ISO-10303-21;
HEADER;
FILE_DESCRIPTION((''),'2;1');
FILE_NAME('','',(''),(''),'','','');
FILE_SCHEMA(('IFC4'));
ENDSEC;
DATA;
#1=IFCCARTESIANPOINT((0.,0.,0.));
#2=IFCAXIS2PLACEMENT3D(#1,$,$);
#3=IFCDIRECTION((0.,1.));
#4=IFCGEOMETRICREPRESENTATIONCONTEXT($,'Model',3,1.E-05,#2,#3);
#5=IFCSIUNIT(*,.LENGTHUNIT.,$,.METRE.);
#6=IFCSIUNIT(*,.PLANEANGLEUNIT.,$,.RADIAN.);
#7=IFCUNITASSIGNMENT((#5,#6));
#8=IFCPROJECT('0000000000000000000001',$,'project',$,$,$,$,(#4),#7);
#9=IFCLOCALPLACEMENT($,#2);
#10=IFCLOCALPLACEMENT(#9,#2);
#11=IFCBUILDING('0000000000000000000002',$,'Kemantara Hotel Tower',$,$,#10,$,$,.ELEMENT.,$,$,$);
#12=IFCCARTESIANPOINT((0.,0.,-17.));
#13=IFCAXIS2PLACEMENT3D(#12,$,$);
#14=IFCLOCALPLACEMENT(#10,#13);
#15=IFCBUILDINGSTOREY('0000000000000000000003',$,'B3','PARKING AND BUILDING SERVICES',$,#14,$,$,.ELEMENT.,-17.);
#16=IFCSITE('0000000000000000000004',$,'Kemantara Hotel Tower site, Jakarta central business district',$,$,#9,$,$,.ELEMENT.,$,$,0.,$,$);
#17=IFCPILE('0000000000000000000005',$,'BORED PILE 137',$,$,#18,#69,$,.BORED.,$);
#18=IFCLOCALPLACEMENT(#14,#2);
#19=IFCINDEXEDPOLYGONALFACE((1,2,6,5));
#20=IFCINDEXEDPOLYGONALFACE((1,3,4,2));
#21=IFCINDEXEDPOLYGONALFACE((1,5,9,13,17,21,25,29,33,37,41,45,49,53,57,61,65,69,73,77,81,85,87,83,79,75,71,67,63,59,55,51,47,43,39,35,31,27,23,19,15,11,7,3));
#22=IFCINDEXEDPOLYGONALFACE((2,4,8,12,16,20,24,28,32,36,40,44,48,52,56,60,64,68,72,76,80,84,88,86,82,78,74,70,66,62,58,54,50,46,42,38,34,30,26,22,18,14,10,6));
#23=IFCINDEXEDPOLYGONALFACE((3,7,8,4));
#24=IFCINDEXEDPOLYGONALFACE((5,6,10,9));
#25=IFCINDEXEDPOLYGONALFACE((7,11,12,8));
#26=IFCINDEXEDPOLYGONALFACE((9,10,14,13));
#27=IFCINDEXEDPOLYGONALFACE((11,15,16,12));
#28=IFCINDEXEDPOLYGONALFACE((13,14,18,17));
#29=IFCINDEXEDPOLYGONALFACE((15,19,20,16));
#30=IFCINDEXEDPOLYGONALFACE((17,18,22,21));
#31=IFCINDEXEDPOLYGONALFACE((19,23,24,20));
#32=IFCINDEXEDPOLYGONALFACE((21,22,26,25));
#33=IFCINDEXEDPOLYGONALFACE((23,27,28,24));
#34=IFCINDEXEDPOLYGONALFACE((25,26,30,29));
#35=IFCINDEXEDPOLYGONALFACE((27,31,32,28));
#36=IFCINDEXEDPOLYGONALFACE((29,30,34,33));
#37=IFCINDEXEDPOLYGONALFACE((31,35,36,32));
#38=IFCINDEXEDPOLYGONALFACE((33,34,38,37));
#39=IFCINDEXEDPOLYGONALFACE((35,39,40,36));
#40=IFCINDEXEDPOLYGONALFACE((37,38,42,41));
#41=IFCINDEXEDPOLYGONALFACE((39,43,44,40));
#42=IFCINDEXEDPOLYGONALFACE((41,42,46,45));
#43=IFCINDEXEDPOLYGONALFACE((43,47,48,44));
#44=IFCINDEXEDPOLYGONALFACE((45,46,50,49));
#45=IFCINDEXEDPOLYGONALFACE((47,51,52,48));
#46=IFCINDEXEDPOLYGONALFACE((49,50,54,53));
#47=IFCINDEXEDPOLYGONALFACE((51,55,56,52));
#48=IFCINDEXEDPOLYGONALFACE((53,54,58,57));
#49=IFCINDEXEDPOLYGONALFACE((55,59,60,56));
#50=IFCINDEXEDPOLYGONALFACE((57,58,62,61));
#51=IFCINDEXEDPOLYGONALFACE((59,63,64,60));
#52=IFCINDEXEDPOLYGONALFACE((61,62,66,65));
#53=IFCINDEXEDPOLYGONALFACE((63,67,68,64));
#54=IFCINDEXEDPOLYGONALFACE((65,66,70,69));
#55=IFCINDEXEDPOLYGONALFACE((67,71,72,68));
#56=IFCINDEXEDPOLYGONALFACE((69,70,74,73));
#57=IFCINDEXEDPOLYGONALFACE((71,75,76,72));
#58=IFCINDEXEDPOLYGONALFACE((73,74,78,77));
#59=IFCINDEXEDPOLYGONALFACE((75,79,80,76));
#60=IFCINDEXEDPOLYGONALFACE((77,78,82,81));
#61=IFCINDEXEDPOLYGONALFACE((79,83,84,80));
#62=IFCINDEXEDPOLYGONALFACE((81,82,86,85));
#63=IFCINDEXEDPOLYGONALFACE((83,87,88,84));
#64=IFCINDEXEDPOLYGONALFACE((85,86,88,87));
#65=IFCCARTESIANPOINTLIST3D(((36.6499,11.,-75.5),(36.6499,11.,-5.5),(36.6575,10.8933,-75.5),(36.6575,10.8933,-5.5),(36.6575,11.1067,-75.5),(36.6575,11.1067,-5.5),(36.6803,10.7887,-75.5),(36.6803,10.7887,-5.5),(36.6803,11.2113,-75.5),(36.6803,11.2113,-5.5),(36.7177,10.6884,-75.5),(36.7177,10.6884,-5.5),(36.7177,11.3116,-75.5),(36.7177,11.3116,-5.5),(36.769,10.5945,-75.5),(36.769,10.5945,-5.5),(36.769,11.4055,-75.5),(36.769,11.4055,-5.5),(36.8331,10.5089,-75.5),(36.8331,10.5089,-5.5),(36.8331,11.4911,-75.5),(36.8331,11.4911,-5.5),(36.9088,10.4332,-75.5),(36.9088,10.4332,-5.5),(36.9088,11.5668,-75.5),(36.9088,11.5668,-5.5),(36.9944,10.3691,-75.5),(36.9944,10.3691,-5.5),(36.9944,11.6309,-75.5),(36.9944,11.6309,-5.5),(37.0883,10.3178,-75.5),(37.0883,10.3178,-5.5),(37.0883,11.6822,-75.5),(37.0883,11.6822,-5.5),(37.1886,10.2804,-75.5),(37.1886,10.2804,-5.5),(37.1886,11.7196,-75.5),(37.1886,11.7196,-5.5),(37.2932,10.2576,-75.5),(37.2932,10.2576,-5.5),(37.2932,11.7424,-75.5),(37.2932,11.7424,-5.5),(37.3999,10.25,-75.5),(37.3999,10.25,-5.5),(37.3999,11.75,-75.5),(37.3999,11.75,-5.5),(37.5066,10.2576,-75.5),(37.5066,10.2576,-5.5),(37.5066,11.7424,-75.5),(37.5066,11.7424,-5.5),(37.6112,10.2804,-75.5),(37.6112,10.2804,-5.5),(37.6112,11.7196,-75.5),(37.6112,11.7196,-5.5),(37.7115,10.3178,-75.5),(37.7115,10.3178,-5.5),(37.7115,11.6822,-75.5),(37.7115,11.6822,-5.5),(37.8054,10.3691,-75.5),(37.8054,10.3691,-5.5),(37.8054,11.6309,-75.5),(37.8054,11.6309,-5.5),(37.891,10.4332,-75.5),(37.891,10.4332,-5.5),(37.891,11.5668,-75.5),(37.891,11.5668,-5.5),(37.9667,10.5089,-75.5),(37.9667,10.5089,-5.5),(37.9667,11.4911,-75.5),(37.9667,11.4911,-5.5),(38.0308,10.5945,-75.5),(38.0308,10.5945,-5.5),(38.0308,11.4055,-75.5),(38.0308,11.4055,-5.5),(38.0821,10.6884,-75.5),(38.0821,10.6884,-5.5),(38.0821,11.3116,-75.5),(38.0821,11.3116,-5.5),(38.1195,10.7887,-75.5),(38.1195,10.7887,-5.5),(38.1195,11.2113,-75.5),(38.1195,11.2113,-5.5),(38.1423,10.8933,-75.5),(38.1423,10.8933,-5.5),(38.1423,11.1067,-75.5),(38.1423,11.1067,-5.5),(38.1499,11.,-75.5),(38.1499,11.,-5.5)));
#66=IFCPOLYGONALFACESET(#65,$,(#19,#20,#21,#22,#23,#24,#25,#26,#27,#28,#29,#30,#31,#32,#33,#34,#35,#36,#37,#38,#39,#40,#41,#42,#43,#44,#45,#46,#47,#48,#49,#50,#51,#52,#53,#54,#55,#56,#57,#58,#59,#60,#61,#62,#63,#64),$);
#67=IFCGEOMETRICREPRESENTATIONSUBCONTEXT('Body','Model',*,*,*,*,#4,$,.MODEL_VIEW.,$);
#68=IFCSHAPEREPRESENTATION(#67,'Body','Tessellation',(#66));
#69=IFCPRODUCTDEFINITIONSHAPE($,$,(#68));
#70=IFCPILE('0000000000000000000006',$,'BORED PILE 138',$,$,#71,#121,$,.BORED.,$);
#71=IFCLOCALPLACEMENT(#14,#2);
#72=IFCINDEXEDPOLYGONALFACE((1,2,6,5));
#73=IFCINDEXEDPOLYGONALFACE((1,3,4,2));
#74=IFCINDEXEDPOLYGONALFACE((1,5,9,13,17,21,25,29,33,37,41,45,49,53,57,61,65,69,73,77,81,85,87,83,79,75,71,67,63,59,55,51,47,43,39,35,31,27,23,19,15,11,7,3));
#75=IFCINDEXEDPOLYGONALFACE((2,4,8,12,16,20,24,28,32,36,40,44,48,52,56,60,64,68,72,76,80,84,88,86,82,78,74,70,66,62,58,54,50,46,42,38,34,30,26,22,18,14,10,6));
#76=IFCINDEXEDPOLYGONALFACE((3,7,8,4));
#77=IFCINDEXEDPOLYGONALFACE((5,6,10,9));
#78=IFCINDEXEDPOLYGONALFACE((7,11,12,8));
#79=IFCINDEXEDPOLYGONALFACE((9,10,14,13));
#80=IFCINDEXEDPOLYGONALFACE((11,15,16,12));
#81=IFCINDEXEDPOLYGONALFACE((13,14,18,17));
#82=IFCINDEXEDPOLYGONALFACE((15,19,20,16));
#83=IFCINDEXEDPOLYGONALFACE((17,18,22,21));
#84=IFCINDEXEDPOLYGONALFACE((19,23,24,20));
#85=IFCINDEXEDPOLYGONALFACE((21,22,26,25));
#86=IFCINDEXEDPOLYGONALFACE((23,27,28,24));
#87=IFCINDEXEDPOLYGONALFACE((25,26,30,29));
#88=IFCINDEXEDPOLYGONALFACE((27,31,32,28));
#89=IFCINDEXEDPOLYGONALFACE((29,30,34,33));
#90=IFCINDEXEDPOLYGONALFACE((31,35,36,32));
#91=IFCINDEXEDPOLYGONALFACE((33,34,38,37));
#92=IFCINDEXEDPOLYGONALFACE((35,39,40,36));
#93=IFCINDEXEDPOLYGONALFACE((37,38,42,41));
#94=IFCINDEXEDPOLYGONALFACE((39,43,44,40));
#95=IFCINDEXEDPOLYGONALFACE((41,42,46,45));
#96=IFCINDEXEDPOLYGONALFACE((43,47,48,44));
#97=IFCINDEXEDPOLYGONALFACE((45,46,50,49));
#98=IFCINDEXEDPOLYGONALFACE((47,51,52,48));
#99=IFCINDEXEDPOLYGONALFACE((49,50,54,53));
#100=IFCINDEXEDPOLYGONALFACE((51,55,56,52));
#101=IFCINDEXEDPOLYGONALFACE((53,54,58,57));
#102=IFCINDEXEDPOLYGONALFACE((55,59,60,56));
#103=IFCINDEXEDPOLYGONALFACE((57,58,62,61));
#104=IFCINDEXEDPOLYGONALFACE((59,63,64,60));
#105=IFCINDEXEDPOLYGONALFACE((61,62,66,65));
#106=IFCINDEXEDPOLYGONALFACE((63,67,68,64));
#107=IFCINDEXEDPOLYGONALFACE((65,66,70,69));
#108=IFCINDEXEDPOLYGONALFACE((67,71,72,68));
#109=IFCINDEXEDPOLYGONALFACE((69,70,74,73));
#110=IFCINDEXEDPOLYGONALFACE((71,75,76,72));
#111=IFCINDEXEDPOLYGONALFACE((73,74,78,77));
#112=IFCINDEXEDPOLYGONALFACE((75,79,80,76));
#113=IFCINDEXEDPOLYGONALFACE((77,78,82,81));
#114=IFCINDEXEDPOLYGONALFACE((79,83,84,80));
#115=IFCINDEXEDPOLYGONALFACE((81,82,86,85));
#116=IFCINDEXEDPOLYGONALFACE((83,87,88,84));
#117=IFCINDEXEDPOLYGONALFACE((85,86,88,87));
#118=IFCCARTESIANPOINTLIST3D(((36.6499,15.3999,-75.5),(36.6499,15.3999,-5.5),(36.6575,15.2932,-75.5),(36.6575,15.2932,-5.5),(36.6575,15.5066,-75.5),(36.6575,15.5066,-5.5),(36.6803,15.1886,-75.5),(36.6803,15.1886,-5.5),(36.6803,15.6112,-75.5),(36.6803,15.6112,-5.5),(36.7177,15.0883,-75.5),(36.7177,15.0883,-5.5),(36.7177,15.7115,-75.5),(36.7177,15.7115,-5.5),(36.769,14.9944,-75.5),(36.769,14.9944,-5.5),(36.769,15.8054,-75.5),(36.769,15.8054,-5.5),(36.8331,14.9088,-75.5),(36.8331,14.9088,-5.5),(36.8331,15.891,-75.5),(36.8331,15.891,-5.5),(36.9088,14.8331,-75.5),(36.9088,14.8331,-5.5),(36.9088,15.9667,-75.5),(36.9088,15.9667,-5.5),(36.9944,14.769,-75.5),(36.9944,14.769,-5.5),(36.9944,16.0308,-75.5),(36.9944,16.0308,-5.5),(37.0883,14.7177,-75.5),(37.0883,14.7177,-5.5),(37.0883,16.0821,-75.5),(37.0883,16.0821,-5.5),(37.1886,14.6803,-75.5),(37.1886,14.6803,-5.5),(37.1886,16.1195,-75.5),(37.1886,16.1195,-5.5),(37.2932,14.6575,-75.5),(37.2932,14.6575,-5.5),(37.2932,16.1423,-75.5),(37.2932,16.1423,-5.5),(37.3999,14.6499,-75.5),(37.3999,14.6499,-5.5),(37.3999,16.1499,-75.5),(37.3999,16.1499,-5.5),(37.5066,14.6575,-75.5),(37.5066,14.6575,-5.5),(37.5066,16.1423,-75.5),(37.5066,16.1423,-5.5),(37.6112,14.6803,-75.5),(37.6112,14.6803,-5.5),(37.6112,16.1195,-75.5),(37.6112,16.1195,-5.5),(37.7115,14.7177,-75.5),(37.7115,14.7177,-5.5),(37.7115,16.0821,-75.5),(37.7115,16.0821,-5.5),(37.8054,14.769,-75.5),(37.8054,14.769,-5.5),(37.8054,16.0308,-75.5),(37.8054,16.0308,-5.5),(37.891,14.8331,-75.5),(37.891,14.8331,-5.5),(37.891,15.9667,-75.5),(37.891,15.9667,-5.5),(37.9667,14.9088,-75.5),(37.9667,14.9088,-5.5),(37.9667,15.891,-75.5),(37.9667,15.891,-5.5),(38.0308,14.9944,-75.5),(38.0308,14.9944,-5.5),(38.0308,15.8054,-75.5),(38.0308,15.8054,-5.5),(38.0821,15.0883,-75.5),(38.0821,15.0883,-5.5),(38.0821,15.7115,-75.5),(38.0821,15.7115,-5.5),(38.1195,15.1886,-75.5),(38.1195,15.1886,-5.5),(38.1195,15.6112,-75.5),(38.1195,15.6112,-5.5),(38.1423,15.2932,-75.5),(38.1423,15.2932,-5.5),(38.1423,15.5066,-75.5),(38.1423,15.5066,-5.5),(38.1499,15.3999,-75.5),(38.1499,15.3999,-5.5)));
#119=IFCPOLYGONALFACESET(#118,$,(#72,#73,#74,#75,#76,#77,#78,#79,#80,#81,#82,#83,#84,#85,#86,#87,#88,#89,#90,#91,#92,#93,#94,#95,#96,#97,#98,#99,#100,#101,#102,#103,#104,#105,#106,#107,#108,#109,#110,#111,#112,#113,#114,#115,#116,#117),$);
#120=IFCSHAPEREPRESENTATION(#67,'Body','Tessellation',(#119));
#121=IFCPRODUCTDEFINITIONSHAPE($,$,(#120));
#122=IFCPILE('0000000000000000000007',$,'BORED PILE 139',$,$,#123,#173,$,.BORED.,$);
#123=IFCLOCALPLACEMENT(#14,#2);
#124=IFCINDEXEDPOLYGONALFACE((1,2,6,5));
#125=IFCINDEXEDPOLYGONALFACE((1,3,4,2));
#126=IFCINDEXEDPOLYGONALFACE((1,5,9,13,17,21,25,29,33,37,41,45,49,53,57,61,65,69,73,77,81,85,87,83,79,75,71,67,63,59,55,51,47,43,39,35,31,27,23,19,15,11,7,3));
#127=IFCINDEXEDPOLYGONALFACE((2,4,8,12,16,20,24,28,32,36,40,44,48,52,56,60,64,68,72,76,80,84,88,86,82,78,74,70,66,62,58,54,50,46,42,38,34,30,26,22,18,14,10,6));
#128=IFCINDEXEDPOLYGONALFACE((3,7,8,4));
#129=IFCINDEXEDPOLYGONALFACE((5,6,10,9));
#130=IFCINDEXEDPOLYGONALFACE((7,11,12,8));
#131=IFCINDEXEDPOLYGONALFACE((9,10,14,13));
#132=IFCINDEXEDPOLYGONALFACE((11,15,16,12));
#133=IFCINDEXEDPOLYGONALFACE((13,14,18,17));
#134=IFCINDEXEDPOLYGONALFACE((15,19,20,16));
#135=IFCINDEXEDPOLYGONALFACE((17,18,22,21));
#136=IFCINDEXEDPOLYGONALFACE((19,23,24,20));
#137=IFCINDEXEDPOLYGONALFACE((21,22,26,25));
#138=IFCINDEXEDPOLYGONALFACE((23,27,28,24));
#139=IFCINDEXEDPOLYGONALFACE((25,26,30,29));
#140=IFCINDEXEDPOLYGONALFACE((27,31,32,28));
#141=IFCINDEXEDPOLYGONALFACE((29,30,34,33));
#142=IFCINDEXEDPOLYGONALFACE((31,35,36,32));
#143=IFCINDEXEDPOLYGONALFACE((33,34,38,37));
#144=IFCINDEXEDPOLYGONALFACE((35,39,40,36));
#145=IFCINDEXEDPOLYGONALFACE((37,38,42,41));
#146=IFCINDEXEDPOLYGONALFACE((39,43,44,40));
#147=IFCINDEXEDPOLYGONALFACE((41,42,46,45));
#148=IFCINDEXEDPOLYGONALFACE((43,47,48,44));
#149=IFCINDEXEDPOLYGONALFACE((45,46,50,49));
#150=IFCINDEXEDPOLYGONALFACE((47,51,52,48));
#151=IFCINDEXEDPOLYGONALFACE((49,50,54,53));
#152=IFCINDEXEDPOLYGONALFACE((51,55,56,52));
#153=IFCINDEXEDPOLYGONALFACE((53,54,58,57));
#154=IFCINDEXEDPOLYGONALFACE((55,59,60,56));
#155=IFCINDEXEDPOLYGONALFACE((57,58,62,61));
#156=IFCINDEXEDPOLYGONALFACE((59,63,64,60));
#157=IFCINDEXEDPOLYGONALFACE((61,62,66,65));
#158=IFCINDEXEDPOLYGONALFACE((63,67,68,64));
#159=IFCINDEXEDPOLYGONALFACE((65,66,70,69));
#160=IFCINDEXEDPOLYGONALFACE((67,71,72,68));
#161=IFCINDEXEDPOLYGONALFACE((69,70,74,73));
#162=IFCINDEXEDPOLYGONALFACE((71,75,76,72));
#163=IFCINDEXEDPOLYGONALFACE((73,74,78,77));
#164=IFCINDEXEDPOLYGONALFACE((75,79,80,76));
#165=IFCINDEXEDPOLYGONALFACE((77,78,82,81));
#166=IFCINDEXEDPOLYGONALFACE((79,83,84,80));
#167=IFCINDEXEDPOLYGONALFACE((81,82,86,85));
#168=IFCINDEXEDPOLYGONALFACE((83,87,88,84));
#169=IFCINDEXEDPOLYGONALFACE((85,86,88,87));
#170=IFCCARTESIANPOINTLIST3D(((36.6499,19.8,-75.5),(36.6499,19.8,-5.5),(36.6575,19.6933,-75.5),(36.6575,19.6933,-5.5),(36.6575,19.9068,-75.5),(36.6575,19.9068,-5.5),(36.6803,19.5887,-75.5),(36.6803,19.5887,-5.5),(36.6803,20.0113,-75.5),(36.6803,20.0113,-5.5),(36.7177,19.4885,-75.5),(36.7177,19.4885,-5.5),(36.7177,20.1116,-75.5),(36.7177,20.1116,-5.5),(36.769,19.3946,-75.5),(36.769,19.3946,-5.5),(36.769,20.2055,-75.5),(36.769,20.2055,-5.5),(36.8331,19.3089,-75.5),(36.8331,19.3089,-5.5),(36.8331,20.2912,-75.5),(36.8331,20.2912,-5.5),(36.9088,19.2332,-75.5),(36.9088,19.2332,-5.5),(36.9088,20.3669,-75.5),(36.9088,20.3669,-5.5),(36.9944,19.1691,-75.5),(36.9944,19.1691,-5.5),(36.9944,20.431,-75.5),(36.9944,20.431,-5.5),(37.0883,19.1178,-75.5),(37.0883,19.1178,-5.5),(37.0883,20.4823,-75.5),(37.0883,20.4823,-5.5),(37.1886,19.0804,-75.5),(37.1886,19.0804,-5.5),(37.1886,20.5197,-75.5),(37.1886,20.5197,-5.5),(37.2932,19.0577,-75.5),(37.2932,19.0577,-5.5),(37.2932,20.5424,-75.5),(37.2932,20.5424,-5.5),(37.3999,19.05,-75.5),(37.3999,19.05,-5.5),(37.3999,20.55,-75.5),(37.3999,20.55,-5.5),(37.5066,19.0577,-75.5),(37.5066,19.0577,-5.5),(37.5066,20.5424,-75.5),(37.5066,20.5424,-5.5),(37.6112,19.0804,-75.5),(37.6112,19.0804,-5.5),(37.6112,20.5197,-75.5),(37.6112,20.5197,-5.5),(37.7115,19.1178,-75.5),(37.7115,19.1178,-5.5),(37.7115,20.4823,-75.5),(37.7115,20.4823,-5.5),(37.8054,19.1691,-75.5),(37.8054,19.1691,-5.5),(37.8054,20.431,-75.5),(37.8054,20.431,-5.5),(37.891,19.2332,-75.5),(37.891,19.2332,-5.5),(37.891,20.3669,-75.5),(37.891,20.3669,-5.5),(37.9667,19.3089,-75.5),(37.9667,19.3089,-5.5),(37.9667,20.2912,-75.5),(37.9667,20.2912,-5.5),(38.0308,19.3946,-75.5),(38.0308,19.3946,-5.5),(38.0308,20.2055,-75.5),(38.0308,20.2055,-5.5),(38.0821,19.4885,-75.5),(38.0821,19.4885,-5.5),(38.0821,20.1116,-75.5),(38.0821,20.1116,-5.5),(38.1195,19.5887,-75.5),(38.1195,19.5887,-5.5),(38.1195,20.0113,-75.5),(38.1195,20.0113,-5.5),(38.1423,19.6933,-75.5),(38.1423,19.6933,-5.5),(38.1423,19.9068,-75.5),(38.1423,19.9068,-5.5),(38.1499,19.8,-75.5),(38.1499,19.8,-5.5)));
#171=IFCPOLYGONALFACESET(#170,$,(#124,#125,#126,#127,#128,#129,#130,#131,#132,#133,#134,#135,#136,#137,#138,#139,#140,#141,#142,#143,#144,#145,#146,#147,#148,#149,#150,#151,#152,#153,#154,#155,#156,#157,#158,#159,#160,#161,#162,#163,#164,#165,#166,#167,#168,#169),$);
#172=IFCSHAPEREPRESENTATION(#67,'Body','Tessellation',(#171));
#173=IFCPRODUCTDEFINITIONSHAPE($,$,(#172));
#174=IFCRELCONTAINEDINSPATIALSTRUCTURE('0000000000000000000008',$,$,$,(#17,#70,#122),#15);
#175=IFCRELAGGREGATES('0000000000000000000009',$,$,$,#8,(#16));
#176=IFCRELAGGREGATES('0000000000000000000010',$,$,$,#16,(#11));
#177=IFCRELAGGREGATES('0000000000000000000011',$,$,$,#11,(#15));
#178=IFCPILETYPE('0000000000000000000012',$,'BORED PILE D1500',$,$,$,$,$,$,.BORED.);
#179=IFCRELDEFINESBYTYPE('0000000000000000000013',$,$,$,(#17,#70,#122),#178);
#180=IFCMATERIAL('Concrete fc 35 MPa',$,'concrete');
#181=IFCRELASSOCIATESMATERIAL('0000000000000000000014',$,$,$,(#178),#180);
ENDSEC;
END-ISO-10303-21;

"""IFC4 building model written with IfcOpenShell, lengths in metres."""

from ifc_helpers import new_model, si_unit, direction, frame, origin, origin_2d, place, context, subcontext, project, spatial, circle, extrude, material, material_profile, profile_set, type_object, element, save


model = new_model("IFC4")

# Units and contexts
model_context = context("Model", 3, precision=1e-05, world=origin(), true_north=direction((0.0, 1.0)))
body_context = subcontext(model_context, "Body", "Model", "MODEL_VIEW")
ifc_project = project(units=[si_unit("LENGTHUNIT", "METRE"), si_unit("PLANEANGLEUNIT", "RADIAN")], contexts=[model_context])

# Site, building, storey
site_placement = place(None, origin())
site = spatial("IfcSite", under=ifc_project, at=site_placement, Name="Kemantara Hotel Tower site, Jakarta central business district", CompositionType="ELEMENT", RefElevation=0.0)
building_placement = place(site_placement, origin())
building = spatial("IfcBuilding", under=site, at=building_placement, Name="Kemantara Hotel Tower", CompositionType="ELEMENT")
storey_placement = place(building_placement, frame((0.0, 0.0, -17.0)))
storey = spatial("IfcBuildingStorey", under=building, at=storey_placement, Name="B3", Description="PARKING AND BUILDING SERVICES", CompositionType="ELEMENT", Elevation=-17.0)

# Piles
ifc_material_1 = material(Name="Concrete fc 35 MPa", Category="concrete")
ifc_material_profile_1 = material_profile(ifc_material_1, circle(Radius=0.75, at=origin_2d()), Name="BORED PILE D1500")
ifc_profile_set_1 = profile_set([ifc_material_profile_1], Name="Concrete fc 35 MPa")
pile_type = type_object("IfcPileType", Name="BORED PILE D1500", PredefinedType="BORED", material=ifc_profile_set_1)
for number, where, z_axis, x_axis, name in (
    (1, (37.3999, 11.0, -5.5), (0.0, 0.0, -1.0), (1.0, 0.0, 0.0), "BORED PILE 137"),
    (2, (37.3999, 15.3999, -5.5), (0.0, 0.0, -1.0), (1.0, 0.0, 0.0), "BORED PILE 138"),
    (3, (37.3999, 19.8, -5.5), (0.0, 0.0, -1.0), (1.0, 0.0, 0.0), "BORED PILE 139"),
):
    element("IfcPile", number, at=place(storey_placement, frame(where, z_axis=z_axis, x_axis=x_axis)), inside=storey, type_object=pile_type, Name=name, PredefinedType="BORED", context=body_context, shape_type="SweptSolid", body=[
        extrude(circle(Radius=0.75, at=origin_2d()), origin(), (0.0, 0.0, 1.0), 70.0),
    ])

save(model, "model.ifc")
